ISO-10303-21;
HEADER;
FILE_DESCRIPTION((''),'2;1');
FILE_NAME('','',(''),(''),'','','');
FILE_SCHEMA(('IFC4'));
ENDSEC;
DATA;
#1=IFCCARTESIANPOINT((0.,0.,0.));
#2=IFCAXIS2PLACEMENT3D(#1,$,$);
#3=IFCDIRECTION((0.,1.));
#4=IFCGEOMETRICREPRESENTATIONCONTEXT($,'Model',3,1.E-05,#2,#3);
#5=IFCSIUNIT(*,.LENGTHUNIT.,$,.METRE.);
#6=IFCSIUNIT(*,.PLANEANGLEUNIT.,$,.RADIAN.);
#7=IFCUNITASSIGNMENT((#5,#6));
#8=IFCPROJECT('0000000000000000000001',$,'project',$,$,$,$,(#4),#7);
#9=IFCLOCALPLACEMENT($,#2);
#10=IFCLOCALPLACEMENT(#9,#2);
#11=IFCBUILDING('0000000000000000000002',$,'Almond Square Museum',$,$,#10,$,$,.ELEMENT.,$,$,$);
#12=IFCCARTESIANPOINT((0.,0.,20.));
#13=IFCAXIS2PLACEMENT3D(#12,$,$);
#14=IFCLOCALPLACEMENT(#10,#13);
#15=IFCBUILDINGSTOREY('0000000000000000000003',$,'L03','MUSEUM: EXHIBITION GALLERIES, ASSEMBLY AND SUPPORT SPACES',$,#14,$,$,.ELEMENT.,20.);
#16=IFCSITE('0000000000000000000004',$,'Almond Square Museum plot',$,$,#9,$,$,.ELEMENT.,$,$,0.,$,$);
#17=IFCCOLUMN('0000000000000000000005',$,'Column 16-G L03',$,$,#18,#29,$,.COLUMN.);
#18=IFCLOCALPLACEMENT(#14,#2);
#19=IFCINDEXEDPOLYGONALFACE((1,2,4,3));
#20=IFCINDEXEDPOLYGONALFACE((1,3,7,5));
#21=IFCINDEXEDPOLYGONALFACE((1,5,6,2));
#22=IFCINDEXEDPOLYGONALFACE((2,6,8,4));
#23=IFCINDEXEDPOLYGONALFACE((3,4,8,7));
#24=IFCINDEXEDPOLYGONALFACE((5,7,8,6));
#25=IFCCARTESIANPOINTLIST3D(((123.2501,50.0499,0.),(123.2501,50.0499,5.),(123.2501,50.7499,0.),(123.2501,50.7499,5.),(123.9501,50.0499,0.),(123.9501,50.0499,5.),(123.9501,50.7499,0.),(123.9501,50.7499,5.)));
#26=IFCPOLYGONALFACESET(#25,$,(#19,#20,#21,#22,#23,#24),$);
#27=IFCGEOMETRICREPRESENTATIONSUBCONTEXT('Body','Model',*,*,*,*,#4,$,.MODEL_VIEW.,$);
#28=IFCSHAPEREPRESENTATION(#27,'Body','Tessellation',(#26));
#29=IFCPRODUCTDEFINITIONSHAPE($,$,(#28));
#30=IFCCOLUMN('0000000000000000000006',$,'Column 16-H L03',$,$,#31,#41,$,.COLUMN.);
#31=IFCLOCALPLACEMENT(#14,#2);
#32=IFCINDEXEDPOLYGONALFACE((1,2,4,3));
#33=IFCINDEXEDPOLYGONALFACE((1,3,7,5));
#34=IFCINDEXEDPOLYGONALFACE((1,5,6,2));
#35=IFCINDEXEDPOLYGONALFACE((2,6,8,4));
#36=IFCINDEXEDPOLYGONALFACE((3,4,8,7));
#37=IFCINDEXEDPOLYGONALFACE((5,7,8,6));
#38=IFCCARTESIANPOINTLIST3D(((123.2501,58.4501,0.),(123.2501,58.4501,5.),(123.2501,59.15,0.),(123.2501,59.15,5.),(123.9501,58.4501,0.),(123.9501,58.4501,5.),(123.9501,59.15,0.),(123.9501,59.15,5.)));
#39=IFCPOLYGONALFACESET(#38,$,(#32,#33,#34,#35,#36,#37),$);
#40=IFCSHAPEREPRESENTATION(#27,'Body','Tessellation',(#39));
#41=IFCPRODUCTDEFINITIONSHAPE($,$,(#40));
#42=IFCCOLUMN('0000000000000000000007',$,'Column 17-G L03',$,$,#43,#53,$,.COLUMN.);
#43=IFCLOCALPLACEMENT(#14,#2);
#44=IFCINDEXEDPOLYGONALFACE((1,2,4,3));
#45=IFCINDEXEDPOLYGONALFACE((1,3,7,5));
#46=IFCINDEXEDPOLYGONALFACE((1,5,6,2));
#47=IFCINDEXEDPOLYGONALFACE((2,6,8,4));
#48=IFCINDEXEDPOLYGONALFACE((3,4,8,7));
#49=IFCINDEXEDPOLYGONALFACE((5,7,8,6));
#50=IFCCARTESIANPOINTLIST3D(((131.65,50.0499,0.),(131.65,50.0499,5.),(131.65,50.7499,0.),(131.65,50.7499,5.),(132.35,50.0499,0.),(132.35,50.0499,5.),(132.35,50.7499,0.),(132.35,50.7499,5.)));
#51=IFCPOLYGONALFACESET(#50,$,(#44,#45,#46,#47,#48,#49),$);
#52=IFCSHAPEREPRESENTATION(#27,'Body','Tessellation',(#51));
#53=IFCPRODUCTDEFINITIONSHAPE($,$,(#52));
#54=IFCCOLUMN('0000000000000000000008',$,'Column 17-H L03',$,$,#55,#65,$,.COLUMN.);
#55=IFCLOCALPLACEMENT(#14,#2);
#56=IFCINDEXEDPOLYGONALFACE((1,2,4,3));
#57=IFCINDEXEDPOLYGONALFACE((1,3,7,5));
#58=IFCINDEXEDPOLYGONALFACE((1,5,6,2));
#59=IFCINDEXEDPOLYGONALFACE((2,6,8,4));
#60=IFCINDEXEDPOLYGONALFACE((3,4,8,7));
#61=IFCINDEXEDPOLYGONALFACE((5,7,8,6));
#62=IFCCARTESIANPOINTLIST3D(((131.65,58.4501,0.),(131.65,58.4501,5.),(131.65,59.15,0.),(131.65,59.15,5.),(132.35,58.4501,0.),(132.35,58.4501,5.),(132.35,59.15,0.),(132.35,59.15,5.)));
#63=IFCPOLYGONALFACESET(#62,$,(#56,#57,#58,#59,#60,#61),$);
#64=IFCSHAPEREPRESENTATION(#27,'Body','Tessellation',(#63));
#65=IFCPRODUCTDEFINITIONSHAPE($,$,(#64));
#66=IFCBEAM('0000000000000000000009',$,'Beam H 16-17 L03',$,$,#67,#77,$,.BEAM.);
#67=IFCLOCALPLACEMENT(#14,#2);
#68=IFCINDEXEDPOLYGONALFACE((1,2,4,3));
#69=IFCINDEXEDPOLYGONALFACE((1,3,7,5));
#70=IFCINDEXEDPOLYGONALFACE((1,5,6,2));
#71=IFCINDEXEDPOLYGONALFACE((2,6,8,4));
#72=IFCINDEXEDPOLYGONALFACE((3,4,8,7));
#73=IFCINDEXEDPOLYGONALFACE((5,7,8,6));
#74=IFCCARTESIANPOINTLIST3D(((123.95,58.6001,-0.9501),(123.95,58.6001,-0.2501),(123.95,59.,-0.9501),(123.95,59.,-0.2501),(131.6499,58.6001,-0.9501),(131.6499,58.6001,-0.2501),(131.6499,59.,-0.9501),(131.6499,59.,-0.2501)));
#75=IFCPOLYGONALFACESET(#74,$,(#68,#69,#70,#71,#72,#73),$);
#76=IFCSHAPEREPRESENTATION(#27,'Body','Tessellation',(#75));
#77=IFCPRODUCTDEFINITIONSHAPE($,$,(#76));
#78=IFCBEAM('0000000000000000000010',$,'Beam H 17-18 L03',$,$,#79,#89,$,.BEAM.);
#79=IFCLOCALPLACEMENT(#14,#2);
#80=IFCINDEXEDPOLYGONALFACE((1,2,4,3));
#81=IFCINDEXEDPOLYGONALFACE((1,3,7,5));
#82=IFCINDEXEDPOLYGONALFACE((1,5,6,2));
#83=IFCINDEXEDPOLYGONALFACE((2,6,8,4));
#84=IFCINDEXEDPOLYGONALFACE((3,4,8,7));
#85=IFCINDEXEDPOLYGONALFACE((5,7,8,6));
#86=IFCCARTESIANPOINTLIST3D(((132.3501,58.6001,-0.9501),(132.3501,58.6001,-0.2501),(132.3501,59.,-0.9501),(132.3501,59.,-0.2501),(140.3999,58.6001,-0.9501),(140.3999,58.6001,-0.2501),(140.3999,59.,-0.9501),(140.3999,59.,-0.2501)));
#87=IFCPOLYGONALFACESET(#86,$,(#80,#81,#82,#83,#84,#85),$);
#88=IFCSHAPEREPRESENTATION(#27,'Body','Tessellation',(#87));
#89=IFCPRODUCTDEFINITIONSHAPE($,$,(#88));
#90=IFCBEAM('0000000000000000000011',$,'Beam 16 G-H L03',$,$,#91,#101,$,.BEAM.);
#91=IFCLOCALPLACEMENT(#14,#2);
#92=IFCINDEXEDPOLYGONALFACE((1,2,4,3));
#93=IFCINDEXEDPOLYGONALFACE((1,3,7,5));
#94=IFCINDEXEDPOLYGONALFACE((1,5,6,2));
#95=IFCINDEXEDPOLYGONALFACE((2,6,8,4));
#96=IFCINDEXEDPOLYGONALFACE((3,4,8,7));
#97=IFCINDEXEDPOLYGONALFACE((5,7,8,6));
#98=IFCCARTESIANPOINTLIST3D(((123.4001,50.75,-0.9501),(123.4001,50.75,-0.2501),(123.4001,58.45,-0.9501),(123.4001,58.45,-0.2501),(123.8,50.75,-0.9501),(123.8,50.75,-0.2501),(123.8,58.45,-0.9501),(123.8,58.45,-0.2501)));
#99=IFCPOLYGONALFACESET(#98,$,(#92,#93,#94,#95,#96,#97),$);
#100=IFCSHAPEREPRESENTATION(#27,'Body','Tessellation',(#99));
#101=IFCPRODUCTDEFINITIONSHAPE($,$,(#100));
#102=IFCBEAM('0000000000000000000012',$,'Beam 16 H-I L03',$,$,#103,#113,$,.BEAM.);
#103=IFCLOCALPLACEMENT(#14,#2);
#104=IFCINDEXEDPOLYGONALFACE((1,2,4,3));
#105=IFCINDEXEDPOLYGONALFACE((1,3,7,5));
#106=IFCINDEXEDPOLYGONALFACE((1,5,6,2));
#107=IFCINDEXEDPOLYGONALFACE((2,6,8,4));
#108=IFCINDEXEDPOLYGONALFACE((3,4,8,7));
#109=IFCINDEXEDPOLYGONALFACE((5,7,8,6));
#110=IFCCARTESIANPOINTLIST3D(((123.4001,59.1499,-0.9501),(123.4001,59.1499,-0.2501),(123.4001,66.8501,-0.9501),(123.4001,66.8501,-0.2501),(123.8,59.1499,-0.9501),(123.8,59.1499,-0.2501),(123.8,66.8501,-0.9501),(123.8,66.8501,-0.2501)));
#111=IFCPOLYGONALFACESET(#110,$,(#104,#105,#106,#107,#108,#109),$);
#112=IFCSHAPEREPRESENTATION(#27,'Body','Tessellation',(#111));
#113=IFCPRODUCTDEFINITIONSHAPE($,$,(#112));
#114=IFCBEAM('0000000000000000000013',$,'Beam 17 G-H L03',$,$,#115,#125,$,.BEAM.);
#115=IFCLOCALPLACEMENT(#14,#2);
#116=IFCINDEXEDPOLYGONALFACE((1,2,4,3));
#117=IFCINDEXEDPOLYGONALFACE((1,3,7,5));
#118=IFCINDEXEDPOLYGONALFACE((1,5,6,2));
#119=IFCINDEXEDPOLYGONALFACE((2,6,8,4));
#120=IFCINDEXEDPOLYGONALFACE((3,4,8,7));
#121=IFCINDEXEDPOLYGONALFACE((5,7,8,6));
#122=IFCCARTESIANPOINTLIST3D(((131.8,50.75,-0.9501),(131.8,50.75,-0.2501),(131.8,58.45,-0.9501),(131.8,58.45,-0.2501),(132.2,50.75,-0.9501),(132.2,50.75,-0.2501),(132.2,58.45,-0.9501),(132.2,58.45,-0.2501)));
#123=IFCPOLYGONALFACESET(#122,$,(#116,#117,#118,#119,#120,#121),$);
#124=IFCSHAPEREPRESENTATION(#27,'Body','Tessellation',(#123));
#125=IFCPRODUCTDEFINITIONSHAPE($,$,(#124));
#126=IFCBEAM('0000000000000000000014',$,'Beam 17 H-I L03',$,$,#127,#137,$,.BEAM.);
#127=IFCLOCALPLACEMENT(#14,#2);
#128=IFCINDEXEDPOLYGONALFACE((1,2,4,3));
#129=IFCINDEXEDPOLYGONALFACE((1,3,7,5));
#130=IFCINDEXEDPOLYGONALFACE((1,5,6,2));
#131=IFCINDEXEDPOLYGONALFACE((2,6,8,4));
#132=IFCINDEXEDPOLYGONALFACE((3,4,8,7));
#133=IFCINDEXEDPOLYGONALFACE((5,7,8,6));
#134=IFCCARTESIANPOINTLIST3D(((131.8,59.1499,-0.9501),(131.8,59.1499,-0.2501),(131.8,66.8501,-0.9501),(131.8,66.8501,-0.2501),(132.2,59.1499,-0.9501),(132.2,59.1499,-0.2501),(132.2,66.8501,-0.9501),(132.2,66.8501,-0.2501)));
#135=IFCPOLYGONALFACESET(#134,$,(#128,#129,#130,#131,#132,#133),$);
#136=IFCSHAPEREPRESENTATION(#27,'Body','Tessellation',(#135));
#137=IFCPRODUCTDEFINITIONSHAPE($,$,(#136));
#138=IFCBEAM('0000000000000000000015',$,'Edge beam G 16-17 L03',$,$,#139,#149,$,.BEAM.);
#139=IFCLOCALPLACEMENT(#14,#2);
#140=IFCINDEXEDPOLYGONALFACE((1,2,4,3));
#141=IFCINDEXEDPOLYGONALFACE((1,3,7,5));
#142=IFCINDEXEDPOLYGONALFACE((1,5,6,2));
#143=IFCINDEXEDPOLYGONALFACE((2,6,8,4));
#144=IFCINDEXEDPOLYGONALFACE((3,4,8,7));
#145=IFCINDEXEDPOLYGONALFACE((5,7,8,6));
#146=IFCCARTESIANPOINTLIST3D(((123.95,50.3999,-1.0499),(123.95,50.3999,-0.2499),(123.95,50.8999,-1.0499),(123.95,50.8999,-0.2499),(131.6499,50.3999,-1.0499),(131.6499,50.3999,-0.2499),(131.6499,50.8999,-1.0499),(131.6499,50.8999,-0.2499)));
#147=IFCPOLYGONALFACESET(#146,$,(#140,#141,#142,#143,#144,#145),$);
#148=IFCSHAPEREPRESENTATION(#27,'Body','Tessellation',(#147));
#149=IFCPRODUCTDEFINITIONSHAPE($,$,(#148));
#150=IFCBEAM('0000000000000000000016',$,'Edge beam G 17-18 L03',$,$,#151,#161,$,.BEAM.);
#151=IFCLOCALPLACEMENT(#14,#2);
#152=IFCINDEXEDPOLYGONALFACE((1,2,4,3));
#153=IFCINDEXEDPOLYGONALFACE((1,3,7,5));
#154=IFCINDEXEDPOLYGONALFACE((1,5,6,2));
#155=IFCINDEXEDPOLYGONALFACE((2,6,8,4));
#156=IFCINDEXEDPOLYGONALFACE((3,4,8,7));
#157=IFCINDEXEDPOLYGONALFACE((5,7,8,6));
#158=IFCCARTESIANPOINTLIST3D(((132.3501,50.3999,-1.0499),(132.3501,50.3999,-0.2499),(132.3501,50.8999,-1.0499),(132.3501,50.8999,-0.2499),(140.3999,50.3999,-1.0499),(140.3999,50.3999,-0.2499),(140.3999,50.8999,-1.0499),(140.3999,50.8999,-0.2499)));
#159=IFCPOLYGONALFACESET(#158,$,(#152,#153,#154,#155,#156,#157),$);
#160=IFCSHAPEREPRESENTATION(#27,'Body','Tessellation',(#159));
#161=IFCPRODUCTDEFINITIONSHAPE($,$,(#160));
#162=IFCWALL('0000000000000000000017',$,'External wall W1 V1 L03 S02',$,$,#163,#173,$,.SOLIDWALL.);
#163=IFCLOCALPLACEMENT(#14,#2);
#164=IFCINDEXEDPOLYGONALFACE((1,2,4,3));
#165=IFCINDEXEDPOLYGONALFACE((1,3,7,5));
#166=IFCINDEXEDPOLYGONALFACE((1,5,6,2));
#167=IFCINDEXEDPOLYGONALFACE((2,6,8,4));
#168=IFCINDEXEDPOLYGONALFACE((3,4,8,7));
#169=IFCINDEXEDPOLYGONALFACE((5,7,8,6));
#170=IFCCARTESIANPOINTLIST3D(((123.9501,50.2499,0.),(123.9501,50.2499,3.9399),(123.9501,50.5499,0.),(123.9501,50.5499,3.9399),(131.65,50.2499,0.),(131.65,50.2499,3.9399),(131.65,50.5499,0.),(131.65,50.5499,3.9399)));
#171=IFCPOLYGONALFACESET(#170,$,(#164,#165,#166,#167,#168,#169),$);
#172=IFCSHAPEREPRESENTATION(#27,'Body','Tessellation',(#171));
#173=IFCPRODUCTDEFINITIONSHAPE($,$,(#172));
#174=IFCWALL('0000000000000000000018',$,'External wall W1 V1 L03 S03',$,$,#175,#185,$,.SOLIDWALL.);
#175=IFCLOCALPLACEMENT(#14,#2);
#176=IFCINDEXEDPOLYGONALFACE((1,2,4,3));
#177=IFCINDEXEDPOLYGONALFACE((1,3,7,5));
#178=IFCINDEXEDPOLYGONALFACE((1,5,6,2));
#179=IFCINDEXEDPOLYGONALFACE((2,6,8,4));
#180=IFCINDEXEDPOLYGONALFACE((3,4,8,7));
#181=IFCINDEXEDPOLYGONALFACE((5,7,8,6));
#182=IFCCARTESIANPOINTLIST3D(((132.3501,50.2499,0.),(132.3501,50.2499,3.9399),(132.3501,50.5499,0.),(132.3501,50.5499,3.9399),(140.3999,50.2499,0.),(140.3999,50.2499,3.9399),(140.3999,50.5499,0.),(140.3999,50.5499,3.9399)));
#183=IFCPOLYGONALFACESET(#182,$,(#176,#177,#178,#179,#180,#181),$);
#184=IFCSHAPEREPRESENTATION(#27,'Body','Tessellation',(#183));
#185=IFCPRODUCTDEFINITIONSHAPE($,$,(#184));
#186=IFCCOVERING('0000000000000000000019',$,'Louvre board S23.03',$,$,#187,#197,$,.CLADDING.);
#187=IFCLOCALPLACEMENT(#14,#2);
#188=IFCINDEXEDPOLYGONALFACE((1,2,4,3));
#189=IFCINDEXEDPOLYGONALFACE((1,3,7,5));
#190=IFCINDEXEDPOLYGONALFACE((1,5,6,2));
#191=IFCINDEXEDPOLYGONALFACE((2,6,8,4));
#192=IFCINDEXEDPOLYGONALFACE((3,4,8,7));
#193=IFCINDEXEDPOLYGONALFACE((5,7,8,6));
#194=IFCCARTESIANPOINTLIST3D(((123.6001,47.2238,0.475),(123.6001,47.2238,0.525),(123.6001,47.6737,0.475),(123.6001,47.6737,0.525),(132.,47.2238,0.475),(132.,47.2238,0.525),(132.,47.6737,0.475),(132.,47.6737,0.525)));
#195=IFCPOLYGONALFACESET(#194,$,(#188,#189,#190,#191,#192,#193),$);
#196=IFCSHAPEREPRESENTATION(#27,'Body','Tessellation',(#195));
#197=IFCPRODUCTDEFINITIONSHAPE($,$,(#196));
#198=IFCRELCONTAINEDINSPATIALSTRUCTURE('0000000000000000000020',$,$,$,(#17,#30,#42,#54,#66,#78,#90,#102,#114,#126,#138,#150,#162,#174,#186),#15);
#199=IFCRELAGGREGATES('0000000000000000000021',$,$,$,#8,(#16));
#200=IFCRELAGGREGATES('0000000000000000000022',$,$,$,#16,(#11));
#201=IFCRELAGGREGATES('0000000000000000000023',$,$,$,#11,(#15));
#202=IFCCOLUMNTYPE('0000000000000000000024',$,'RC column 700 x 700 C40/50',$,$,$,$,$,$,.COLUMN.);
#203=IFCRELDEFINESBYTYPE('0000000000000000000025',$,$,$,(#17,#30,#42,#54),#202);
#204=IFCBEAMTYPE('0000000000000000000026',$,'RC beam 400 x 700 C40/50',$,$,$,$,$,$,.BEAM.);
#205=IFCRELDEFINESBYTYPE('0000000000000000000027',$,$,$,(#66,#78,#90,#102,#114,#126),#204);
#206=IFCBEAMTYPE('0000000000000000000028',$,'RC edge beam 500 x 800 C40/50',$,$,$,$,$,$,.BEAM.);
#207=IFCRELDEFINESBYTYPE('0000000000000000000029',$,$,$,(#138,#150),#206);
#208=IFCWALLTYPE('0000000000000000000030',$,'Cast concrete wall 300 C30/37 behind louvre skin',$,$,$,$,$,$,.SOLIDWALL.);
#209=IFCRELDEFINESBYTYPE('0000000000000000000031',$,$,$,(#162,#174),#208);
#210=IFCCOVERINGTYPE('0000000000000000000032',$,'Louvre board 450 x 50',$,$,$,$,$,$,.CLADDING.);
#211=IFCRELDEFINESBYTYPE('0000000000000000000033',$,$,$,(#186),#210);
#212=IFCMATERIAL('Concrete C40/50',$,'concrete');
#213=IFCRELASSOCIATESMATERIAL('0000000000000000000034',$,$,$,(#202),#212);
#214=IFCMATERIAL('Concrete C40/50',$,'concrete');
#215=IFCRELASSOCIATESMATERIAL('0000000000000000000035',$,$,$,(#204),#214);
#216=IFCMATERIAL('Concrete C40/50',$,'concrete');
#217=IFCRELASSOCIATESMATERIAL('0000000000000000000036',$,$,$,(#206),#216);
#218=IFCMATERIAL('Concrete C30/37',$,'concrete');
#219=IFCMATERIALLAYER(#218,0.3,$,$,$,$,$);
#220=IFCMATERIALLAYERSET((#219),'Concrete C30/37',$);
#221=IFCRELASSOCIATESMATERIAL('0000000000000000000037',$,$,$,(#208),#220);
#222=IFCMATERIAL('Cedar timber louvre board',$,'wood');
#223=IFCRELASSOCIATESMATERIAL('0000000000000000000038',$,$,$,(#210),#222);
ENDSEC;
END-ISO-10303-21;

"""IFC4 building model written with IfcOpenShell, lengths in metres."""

from ifc_helpers import new_model, si_unit, direction, frame, frame_2d, origin, origin_2d, place, context, subcontext, project, spatial, rectangle, extrude, material, layer, layer_set, material_profile, profile_set, type_object, element, save


model = new_model("IFC4")

# Units and contexts
model_context = context("Model", 3, precision=1e-05, world=origin(), true_north=direction((0.0, 1.0)))
body_context = subcontext(model_context, "Body", "Model", "MODEL_VIEW")
ifc_project = project(units=[si_unit("LENGTHUNIT", "METRE"), si_unit("PLANEANGLEUNIT", "RADIAN")], contexts=[model_context])

# Site, building, storey
site_placement = place(None, origin())
site = spatial("IfcSite", under=ifc_project, at=site_placement, Name="Almond Square Museum plot", CompositionType="ELEMENT", RefElevation=0.0)
building_placement = place(site_placement, origin())
building = spatial("IfcBuilding", under=site, at=building_placement, Name="Almond Square Museum", CompositionType="ELEMENT")
storey_placement = place(building_placement, frame((0.0, 0.0, 20.0)))
storey = spatial("IfcBuildingStorey", under=building, at=storey_placement, Name="L03", Description="MUSEUM: EXHIBITION GALLERIES, ASSEMBLY AND SUPPORT SPACES", CompositionType="ELEMENT", Elevation=20.0)

# Columns
ifc_material_1 = material(Name="Concrete C40/50", Category="concrete")
ifc_material_profile_1 = material_profile(ifc_material_1, rectangle(XDim=0.7, YDim=0.7, at=origin_2d()))
ifc_profile_set_1 = profile_set([ifc_material_profile_1], Name="Concrete C40/50")
column_type = type_object("IfcColumnType", Name="RC column 700 x 700 C40/50", PredefinedType="COLUMN", material=ifc_profile_set_1)
for number, where, z_axis, x_axis, name in (
    (1, (123.6001, 50.3999, 0.0), (0.0, 0.0, 1.0), (1.0, 0.0, 0.0), "Column 16-G L03"),
    (2, (123.6001, 58.8, 0.0), (0.0, 0.0, 1.0), (1.0, 0.0, 0.0), "Column 16-H L03"),
    (3, (132.0, 50.3999, 0.0), (0.0, 0.0, 1.0), (1.0, 0.0, 0.0), "Column 17-G L03"),
    (4, (132.0, 58.8, 0.0), (0.0, 0.0, 1.0), (1.0, 0.0, 0.0), "Column 17-H L03"),
):
    element("IfcColumn", number, at=place(storey_placement, frame(where, z_axis=z_axis, x_axis=x_axis)), inside=storey, type_object=column_type, Name=name, PredefinedType="COLUMN", context=body_context, shape_type="SweptSolid", body=[
        extrude(rectangle(XDim=0.7, YDim=0.7, at=origin_2d()), origin(), (0.0, 0.0, 1.0), 5.0),
    ])

# Beams
ifc_material_2 = material(Name="Concrete C40/50", Category="concrete")
ifc_material_profile_2 = material_profile(ifc_material_2, rectangle(XDim=0.3999, YDim=0.7, at=origin_2d()))
ifc_profile_set_2 = profile_set([ifc_material_profile_2], Name="Concrete C40/50")
beam_type_1 = type_object("IfcBeamType", Name="RC beam 400 x 700 C40/50", PredefinedType="BEAM", material=ifc_profile_set_2)
beam_1_placement = place(storey_placement, frame((123.95, 58.8, -0.6001), z_axis=(1.0, 0.0, 0.0), x_axis=(0.0, 1.0, 0.0)))
element("IfcBeam", 5, at=beam_1_placement, inside=storey, type_object=beam_type_1, Name="Beam H 16-17 L03", PredefinedType="BEAM", context=body_context, shape_type="SweptSolid", body=[
    extrude(rectangle(XDim=0.3999, YDim=0.7, at=origin_2d()), origin(), (0.0, 0.0, 1.0), 7.7),
])
beam_2_placement = place(storey_placement, frame((132.3501, 58.8, -0.6001), z_axis=(1.0, 0.0, 0.0), x_axis=(0.0, 1.0, 0.0)))
element("IfcBeam", 6, at=beam_2_placement, inside=storey, type_object=beam_type_1, Name="Beam H 17-18 L03", PredefinedType="BEAM", context=body_context, shape_type="SweptSolid", body=[
    extrude(rectangle(XDim=0.3999, YDim=0.7, at=origin_2d()), origin(), (0.0, 0.0, 1.0), 8.0498),
])
beam_3_placement = place(storey_placement, frame((123.6001, 50.75, -0.6001), z_axis=(0.0, 1.0, 0.0), x_axis=(-1.0, 0.0, 0.0)))
element("IfcBeam", 7, at=beam_3_placement, inside=storey, type_object=beam_type_1, Name="Beam 16 G-H L03", PredefinedType="BEAM", context=body_context, shape_type="SweptSolid", body=[
    extrude(rectangle(XDim=0.3999, YDim=0.7, at=origin_2d()), origin(), (0.0, 0.0, 1.0), 7.7),
])
beam_4_placement = place(storey_placement, frame((123.6001, 59.1499, -0.6001), z_axis=(0.0, 1.0, 0.0), x_axis=(-1.0, 0.0, 0.0)))
element("IfcBeam", 8, at=beam_4_placement, inside=storey, type_object=beam_type_1, Name="Beam 16 H-I L03", PredefinedType="BEAM", context=body_context, shape_type="SweptSolid", body=[
    extrude(rectangle(XDim=0.3999, YDim=0.7, at=origin_2d()), origin(), (0.0, 0.0, 1.0), 7.7002),
])
beam_5_placement = place(storey_placement, frame((132.0, 50.75, -0.6001), z_axis=(0.0, 1.0, 0.0), x_axis=(-1.0, 0.0, 0.0)))
element("IfcBeam", 9, at=beam_5_placement, inside=storey, type_object=beam_type_1, Name="Beam 17 G-H L03", PredefinedType="BEAM", context=body_context, shape_type="SweptSolid", body=[
    extrude(rectangle(XDim=0.3999, YDim=0.7, at=origin_2d()), origin(), (0.0, 0.0, 1.0), 7.7),
])
beam_6_placement = place(storey_placement, frame((132.0, 59.1499, -0.6001), z_axis=(0.0, 1.0, 0.0), x_axis=(-1.0, 0.0, 0.0)))
element("IfcBeam", 10, at=beam_6_placement, inside=storey, type_object=beam_type_1, Name="Beam 17 H-I L03", PredefinedType="BEAM", context=body_context, shape_type="SweptSolid", body=[
    extrude(rectangle(XDim=0.3999, YDim=0.7, at=origin_2d()), origin(), (0.0, 0.0, 1.0), 7.7002),
])
ifc_material_3 = material(Name="Concrete C40/50", Category="concrete")
ifc_material_profile_3 = material_profile(ifc_material_3, rectangle(XDim=0.5, YDim=0.8, at=origin_2d()))
ifc_profile_set_3 = profile_set([ifc_material_profile_3], Name="Concrete C40/50")
beam_type_2 = type_object("IfcBeamType", Name="RC edge beam 500 x 800 C40/50", PredefinedType="BEAM", material=ifc_profile_set_3)
beam_7_placement = place(storey_placement, frame((123.95, 50.6499, -0.6499), z_axis=(1.0, 0.0, 0.0), x_axis=(0.0, 1.0, 0.0)))
element("IfcBeam", 11, at=beam_7_placement, inside=storey, type_object=beam_type_2, Name="Edge beam G 16-17 L03", PredefinedType="BEAM", context=body_context, shape_type="SweptSolid", body=[
    extrude(rectangle(XDim=0.5, YDim=0.8, at=origin_2d()), origin(), (0.0, 0.0, 1.0), 7.7),
])
beam_8_placement = place(storey_placement, frame((132.3501, 50.6499, -0.6499), z_axis=(1.0, 0.0, 0.0), x_axis=(0.0, 1.0, 0.0)))
element("IfcBeam", 12, at=beam_8_placement, inside=storey, type_object=beam_type_2, Name="Edge beam G 17-18 L03", PredefinedType="BEAM", context=body_context, shape_type="SweptSolid", body=[
    extrude(rectangle(XDim=0.5, YDim=0.8, at=origin_2d()), origin(), (0.0, 0.0, 1.0), 8.0498),
])

# Walls
ifc_material_4 = material(Name="Concrete C30/37", Category="concrete")
ifc_layer = layer(ifc_material_4, 0.3)
ifc_layer_set = layer_set([ifc_layer], Name="Concrete C30/37")
wall_type = type_object("IfcWallType", Name="Cast concrete wall 300 C30/37 behind louvre skin", PredefinedType="SOLIDWALL", material=ifc_layer_set)
wall_1_placement = place(storey_placement, frame((123.95, 50.3999, 0.0), z_axis=(0.0, 0.0, 1.0), x_axis=(1.0, 0.0, 0.0)))
element("IfcWall", 13, at=wall_1_placement, inside=storey, type_object=wall_type, Name="External wall W1 V1 L03 S02", PredefinedType="SOLIDWALL", context=body_context, shape_type="SweptSolid", body=[
    extrude(rectangle(XDim=7.7, YDim=0.3, at=frame_2d((3.8501, 0.0))), origin(), (0.0, 0.0, 1.0), 3.9399),
])
wall_2_placement = place(storey_placement, frame((132.3501, 50.3999, 0.0), z_axis=(0.0, 0.0, 1.0), x_axis=(1.0, 0.0, 0.0)))
element("IfcWall", 14, at=wall_2_placement, inside=storey, type_object=wall_type, Name="External wall W1 V1 L03 S03", PredefinedType="SOLIDWALL", context=body_context, shape_type="SweptSolid", body=[
    extrude(rectangle(XDim=8.0498, YDim=0.3, at=frame_2d((4.0249, 0.0))), origin(), (0.0, 0.0, 1.0), 3.9399),
])

# Covering
ifc_material_5 = material(Name="Cedar timber louvre board", Category="wood")
ifc_material_profile_4 = material_profile(ifc_material_5, rectangle(XDim=0.45, YDim=0.05, at=origin_2d()))
ifc_profile_set_4 = profile_set([ifc_material_profile_4], Name="Cedar timber louvre board")
covering_type = type_object("IfcCoveringType", Name="Louvre board 450 x 50", PredefinedType="CLADDING", material=ifc_profile_set_4)
for number, where, z_axis, x_axis, name in (
    (15, (123.6001, 47.4487, 0.5), (1.0, 0.0, 0.0), (0.0, 1.0, 0.0), "Louvre board S23.03"),
):
    element("IfcCovering", number, at=place(storey_placement, frame(where, z_axis=z_axis, x_axis=x_axis)), inside=storey, type_object=covering_type, Name=name, PredefinedType="CLADDING", context=body_context, shape_type="SweptSolid", body=[
        extrude(rectangle(XDim=0.45, YDim=0.05, at=origin_2d()), origin(), (0.0, 0.0, 1.0), 8.3999),
    ])

save(model, "model.ifc")
